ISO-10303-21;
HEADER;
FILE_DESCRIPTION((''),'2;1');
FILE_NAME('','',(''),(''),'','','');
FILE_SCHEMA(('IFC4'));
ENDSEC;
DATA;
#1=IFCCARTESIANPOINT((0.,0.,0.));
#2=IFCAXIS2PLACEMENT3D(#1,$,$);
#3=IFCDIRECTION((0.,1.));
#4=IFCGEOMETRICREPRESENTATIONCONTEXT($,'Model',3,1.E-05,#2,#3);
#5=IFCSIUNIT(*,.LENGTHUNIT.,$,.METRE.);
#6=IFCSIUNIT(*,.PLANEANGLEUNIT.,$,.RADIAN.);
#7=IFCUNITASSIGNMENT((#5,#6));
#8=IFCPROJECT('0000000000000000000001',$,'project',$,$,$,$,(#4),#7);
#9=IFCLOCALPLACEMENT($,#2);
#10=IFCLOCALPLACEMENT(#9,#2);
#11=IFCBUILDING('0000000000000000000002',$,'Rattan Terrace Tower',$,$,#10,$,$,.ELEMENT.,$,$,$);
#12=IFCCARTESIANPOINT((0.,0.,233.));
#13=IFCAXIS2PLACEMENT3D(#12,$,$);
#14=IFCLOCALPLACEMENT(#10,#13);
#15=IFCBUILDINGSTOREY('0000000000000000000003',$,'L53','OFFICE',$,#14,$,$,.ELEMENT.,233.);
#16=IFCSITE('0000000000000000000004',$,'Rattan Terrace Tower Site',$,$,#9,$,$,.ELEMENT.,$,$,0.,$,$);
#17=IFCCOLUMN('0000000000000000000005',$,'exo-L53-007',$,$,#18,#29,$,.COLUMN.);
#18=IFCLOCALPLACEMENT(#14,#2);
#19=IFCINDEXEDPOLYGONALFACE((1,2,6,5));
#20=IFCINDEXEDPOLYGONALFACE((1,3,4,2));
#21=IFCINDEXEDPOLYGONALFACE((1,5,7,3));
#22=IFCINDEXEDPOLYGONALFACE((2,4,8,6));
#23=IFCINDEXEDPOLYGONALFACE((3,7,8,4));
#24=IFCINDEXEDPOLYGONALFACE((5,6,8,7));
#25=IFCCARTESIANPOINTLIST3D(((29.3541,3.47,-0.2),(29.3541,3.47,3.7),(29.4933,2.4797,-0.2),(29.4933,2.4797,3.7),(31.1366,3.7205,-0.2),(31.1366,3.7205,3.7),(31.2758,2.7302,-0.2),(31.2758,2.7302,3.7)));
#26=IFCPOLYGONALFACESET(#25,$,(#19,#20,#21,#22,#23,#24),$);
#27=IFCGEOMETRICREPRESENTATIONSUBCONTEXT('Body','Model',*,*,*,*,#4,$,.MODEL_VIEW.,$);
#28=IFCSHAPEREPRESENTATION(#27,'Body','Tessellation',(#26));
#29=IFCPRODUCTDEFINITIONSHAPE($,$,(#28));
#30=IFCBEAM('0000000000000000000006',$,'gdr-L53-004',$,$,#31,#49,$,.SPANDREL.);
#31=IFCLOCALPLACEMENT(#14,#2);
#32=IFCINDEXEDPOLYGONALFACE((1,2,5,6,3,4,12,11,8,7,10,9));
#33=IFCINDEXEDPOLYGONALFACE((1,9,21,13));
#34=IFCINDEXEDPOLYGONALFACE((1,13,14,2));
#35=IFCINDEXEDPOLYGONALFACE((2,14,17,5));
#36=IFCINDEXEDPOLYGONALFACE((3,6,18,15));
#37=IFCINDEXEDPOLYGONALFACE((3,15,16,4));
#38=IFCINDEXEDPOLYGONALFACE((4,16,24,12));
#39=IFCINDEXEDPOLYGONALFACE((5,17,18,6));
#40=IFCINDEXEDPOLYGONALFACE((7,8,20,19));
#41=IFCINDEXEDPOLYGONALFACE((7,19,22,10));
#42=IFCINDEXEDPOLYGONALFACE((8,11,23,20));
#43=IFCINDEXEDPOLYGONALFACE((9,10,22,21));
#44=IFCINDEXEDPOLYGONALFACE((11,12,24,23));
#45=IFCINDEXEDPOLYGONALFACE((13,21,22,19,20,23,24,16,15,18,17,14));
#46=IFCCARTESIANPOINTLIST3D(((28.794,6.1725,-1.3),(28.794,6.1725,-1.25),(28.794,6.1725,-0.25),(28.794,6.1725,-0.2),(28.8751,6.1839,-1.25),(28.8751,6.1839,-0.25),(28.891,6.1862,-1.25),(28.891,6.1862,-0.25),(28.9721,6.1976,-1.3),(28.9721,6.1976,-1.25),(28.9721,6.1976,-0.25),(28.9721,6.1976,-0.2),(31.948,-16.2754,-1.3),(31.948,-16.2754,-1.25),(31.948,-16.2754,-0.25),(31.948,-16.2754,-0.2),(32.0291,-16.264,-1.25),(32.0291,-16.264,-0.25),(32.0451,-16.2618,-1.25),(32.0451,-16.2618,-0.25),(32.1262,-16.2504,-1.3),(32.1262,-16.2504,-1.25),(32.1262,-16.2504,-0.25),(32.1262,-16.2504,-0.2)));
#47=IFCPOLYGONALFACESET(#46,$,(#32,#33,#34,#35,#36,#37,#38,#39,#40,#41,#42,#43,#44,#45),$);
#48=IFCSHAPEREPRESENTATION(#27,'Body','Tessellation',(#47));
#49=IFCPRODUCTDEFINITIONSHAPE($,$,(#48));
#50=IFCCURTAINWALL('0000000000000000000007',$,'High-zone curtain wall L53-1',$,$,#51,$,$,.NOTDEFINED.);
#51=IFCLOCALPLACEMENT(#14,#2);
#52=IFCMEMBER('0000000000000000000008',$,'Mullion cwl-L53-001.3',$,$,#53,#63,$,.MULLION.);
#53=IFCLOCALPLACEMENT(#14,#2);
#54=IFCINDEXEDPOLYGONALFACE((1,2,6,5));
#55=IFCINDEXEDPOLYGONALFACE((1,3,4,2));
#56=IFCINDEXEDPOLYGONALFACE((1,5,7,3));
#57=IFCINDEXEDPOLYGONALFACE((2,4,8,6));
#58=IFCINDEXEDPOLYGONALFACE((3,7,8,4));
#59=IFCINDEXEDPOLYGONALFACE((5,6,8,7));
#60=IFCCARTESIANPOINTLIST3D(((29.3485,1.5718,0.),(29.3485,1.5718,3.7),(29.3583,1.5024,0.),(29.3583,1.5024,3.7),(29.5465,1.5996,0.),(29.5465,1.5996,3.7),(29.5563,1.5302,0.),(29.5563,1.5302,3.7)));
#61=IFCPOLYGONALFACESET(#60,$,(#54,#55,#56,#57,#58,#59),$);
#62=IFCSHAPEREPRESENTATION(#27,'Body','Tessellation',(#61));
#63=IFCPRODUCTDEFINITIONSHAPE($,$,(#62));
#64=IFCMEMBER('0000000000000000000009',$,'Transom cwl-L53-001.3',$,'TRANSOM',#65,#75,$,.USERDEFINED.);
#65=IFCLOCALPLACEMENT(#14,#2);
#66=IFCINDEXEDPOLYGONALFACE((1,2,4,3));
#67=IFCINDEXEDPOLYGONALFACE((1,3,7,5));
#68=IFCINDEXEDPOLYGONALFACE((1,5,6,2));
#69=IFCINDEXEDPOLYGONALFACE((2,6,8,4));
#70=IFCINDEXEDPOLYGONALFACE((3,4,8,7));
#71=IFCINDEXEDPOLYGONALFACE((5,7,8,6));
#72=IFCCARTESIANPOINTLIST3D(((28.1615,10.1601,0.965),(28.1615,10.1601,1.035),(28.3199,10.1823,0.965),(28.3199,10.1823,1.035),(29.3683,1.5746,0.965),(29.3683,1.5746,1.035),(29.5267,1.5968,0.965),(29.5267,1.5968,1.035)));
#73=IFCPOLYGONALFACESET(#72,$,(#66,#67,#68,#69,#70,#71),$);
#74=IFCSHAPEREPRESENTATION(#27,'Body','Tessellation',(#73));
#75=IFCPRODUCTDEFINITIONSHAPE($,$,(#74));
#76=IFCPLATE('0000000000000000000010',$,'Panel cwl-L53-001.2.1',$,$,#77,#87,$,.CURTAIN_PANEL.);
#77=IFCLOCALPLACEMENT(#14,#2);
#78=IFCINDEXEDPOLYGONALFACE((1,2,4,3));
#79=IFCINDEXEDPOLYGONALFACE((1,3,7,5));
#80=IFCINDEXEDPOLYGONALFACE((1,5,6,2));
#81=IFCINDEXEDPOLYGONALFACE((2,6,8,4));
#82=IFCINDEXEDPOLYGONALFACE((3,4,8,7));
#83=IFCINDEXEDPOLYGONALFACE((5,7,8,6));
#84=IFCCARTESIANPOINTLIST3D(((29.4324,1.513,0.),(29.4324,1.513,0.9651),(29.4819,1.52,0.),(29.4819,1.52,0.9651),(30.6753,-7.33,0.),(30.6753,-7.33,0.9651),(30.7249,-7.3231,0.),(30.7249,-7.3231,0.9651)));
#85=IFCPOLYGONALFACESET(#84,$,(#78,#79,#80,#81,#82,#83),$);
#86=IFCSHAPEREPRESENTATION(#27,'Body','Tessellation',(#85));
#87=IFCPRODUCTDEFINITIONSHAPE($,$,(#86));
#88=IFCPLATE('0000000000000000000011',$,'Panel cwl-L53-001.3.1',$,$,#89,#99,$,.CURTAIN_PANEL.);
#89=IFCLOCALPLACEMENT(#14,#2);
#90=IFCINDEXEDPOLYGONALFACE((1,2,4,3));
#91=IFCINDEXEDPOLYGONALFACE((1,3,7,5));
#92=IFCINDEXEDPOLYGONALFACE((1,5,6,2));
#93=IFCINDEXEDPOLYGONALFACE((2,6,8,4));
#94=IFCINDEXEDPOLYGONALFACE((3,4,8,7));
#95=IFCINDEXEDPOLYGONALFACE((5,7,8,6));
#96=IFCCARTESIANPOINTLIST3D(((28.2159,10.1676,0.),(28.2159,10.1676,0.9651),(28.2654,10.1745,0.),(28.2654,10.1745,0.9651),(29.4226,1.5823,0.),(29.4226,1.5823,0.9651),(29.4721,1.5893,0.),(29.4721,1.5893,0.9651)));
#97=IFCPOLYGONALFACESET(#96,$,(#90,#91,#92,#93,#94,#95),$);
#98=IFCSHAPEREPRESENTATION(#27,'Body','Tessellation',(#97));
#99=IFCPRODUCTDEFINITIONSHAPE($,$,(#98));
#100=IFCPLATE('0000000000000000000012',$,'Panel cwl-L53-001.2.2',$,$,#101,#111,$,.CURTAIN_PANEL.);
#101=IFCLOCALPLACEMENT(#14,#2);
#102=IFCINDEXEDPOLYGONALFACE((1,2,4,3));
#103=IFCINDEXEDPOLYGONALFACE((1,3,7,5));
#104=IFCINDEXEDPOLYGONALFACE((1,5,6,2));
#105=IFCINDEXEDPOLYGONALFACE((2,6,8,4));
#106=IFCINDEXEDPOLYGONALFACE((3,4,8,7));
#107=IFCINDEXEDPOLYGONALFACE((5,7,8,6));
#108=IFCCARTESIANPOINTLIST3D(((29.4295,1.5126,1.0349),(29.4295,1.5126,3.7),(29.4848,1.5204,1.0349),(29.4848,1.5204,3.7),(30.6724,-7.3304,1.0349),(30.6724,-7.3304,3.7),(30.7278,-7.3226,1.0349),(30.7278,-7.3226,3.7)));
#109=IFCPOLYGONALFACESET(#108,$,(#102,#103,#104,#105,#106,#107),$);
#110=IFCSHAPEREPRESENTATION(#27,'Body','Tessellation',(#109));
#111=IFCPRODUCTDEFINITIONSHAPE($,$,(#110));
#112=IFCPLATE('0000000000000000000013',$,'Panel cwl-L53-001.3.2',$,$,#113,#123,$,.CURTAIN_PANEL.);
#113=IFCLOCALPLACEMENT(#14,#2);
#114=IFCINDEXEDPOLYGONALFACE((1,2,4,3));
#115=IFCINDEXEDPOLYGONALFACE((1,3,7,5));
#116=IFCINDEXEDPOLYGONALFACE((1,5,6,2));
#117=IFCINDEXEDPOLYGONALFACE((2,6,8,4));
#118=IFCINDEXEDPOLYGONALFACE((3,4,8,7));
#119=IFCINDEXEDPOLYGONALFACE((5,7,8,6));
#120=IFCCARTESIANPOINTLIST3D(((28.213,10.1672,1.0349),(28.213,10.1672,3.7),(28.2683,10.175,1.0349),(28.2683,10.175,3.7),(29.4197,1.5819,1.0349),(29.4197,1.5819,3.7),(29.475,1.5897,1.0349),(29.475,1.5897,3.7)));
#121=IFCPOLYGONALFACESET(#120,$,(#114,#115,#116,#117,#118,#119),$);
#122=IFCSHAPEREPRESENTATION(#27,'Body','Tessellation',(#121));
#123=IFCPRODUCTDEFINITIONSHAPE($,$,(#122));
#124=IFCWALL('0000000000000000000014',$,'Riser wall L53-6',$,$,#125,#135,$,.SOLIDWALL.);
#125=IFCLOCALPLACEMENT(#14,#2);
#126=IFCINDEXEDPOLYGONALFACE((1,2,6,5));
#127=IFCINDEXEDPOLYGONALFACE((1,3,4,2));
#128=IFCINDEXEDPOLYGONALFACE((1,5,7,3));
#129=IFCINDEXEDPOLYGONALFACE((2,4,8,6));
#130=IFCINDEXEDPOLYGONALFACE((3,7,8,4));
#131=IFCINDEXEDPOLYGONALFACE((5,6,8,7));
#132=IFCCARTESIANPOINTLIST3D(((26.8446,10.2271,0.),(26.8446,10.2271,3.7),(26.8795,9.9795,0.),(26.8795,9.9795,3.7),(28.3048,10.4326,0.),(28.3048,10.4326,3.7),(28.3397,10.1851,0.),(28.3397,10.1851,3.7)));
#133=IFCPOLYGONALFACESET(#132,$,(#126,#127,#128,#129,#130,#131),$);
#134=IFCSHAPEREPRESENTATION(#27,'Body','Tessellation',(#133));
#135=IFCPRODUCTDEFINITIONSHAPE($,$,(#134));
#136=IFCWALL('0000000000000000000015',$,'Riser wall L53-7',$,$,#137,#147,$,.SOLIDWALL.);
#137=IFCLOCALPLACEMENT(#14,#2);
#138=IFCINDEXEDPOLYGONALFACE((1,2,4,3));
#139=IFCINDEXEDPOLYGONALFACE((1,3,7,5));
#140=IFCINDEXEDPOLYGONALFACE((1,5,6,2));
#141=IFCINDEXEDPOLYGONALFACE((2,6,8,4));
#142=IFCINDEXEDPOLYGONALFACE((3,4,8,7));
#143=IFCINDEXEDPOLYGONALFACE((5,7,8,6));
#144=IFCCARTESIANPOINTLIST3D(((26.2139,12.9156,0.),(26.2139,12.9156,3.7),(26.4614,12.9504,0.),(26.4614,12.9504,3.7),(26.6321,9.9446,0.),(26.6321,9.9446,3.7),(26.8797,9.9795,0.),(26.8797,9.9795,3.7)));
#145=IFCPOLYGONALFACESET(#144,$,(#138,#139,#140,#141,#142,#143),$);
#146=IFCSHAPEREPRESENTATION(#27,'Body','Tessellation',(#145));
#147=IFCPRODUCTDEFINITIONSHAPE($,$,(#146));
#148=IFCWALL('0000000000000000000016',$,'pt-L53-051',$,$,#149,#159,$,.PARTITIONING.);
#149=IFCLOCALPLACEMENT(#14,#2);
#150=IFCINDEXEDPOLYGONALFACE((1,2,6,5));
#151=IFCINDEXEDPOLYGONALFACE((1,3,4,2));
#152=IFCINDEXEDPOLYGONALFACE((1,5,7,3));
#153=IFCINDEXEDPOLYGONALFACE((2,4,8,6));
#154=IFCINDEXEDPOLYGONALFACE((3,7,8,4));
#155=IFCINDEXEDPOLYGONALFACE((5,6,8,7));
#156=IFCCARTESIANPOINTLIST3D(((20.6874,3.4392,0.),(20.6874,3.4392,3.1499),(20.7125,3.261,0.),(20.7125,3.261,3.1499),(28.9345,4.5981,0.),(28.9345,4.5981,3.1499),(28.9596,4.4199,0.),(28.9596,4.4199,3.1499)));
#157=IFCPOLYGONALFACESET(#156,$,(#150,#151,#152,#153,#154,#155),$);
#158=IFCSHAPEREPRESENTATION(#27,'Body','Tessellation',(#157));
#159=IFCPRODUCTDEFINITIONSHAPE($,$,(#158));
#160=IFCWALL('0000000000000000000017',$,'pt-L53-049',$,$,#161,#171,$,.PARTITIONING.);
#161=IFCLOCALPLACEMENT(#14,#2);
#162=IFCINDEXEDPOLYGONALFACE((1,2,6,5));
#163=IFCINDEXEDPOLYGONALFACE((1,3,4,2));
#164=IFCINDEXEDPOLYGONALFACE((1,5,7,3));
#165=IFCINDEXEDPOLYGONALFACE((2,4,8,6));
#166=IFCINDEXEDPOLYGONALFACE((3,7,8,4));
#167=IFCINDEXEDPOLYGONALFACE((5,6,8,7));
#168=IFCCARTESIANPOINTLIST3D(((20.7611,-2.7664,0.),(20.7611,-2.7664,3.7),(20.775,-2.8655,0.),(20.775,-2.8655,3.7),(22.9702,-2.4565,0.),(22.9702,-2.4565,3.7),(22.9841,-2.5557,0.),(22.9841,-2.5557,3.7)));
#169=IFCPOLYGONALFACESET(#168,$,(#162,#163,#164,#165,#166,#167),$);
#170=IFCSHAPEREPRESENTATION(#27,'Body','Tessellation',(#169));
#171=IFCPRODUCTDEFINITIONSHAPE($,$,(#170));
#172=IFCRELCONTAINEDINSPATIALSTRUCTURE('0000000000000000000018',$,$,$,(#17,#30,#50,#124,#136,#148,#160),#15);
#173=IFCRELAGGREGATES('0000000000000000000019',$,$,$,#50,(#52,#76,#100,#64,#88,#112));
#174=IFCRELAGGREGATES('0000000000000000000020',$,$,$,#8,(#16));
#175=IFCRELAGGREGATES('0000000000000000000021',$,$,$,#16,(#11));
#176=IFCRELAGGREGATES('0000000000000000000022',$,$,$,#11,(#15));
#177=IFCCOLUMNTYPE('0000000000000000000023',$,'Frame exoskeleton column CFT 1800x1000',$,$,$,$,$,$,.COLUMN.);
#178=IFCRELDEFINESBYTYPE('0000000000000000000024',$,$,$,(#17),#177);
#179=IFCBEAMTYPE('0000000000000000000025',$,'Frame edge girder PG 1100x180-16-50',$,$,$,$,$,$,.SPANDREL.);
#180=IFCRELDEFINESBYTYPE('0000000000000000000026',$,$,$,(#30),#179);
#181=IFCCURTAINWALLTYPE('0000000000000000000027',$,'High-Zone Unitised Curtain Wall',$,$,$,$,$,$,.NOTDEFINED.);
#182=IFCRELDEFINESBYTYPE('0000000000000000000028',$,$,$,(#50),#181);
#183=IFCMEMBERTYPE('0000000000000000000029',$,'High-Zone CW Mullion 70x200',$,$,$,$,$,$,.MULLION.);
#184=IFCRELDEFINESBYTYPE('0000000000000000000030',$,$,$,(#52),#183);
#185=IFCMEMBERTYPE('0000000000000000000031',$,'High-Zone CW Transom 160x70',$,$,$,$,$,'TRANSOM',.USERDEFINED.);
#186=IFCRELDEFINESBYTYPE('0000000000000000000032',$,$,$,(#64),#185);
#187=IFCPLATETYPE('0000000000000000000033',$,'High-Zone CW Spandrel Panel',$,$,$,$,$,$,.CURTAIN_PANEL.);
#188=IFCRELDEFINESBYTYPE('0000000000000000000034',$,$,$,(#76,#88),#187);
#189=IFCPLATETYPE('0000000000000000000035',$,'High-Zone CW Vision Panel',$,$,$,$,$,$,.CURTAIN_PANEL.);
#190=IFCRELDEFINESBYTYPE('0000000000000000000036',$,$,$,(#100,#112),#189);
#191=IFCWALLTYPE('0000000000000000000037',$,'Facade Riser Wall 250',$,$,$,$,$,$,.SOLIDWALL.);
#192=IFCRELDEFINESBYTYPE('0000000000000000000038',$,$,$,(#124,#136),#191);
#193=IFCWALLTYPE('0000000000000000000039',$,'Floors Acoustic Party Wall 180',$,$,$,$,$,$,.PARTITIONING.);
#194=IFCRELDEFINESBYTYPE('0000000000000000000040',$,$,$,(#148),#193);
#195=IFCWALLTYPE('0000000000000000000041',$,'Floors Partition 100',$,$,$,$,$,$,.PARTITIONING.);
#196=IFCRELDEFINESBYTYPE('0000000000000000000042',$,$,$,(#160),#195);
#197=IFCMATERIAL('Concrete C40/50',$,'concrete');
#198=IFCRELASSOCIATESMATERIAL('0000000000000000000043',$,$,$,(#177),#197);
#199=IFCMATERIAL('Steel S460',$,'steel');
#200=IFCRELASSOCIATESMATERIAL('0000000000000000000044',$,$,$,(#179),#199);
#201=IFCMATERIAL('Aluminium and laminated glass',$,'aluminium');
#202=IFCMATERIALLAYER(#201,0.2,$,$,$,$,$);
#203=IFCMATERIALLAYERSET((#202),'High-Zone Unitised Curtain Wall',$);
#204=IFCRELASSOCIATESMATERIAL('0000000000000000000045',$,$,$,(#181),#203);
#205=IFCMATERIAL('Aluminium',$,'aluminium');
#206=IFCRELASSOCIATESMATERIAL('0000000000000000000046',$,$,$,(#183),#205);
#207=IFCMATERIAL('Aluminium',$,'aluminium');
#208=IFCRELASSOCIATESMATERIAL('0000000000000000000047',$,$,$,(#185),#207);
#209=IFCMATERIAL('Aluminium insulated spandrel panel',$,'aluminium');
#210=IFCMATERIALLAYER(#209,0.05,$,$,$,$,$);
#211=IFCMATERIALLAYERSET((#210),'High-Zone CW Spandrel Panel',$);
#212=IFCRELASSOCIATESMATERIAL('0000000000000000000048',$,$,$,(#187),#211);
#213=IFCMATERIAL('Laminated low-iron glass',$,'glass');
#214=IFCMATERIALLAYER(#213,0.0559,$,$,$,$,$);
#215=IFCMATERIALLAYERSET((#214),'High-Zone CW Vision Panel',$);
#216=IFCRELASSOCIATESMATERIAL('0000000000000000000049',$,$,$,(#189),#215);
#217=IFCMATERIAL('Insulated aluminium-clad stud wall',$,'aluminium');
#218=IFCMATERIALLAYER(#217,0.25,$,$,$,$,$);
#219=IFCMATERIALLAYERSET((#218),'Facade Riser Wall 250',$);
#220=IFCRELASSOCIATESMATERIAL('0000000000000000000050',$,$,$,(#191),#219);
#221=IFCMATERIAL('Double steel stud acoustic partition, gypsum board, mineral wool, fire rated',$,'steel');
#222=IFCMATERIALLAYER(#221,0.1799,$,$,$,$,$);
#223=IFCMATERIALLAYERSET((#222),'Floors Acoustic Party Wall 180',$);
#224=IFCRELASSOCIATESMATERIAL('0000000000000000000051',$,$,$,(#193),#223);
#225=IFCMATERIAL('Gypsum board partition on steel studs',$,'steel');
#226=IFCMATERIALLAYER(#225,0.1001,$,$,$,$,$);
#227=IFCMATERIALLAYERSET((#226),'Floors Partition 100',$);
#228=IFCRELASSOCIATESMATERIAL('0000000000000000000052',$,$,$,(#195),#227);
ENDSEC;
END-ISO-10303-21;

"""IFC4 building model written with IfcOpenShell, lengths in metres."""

from ifc_helpers import new_model, si_unit, direction, frame, frame_2d, origin, origin_2d, place, context, subcontext, project, spatial, rectangle, i_section, extrude, material, layer, layer_set, material_profile, profile_set, type_object, element, aggregate, save


model = new_model("IFC4")

# Units and contexts
model_context = context("Model", 3, precision=1e-05, world=origin(), true_north=direction((0.0, 1.0)))
body_context = subcontext(model_context, "Body", "Model", "MODEL_VIEW")
ifc_project = project(units=[si_unit("LENGTHUNIT", "METRE"), si_unit("PLANEANGLEUNIT", "RADIAN")], contexts=[model_context])

# Site, building, storey
site_placement = place(None, origin())
site = spatial("IfcSite", under=ifc_project, at=site_placement, Name="Rattan Terrace Tower Site", CompositionType="ELEMENT", RefElevation=0.0)
building_placement = place(site_placement, origin())
building = spatial("IfcBuilding", under=site, at=building_placement, Name="Rattan Terrace Tower", CompositionType="ELEMENT")
storey_placement = place(building_placement, frame((0.0, 0.0, 233.0)))
storey = spatial("IfcBuildingStorey", under=building, at=storey_placement, Name="L53", Description="OFFICE", CompositionType="ELEMENT", Elevation=233.0)

# Column
ifc_material_1 = material(Name="Concrete C40/50", Category="concrete")
ifc_material_profile_1 = material_profile(ifc_material_1, rectangle(XDim=1.0, YDim=1.8, at=origin_2d()), Name="CFT 1800x1000")
ifc_profile_set_1 = profile_set([ifc_material_profile_1], Name="Concrete C40/50")
column_type = type_object("IfcColumnType", Name="Frame exoskeleton column CFT 1800x1000", PredefinedType="COLUMN", material=ifc_profile_set_1)
column_placement = place(storey_placement, frame((30.3149, 3.1001, -0.2), z_axis=(0.0, 0.0, 1.0), x_axis=(-0.13919, 0.990266, 0.0)))
element("IfcColumn", 1, at=column_placement, inside=storey, type_object=column_type, Name="exo-L53-007", PredefinedType="COLUMN", context=body_context, shape_type="SweptSolid", body=[
    extrude(rectangle(XDim=1.0, YDim=1.8, at=origin_2d()), origin(), (0.0, 0.0, 1.0), 3.8999),
])

# Beam
ifc_material_2 = material(Name="Steel S460", Category="steel")
ifc_material_profile_2 = material_profile(ifc_material_2, i_section(OverallWidth=0.1799, OverallDepth=1.1001, WebThickness=0.0161, FlangeThickness=0.05, at=origin_2d()), Name="PG 1100x180-16-50")
ifc_profile_set_2 = profile_set([ifc_material_profile_2], Name="Steel S460")
beam_type = type_object("IfcBeamType", Name="Frame edge girder PG 1100x180-16-50", PredefinedType="SPANDREL", material=ifc_profile_set_2)
beam_placement = place(storey_placement, frame((28.8831, 6.1851, -0.75), z_axis=(0.139138, -0.990273, 0.0), x_axis=(0.990273, 0.139138, 0.0)))
element("IfcBeam", 2, at=beam_placement, inside=storey, type_object=beam_type, Name="gdr-L53-004", PredefinedType="SPANDREL", context=body_context, shape_type="SweptSolid", body=[
    extrude(i_section(OverallWidth=0.1799, OverallDepth=1.1001, WebThickness=0.0161, FlangeThickness=0.05, at=origin_2d()), origin(), (0.0, 0.0, 1.0), 22.6685),
])

# Curtain wall, members, plates
ifc_material_3 = material(Name="Aluminium and laminated glass", Category="aluminium")
ifc_layer_1 = layer(ifc_material_3, 0.2)
ifc_layer_set_1 = layer_set([ifc_layer_1], Name="High-Zone Unitised Curtain Wall")
curtain_wall_type = type_object("IfcCurtainWallType", Name="High-Zone Unitised Curtain Wall", PredefinedType="NOTDEFINED", material=ifc_layer_set_1)
curtain_wall_placement = place(storey_placement, origin())
curtain_wall = element("IfcCurtainWall", 3, at=curtain_wall_placement, inside=storey, type_object=curtain_wall_type, Name="High-zone curtain wall L53-1", PredefinedType="NOTDEFINED")
ifc_material_4 = material(Name="Aluminium", Category="aluminium")
ifc_material_profile_3 = material_profile(ifc_material_4, rectangle(XDim=0.0701, YDim=0.2, at=origin_2d()), Name="Aluminium 70x200")
ifc_profile_set_3 = profile_set([ifc_material_profile_3], Name="Aluminium")
member_type_1 = type_object("IfcMemberType", Name="High-Zone CW Mullion 70x200", PredefinedType="MULLION", material=ifc_profile_set_3)
member_1_placement = place(storey_placement, frame((29.4524, 1.551, 0.0), z_axis=(0.0, 0.0, 1.0), x_axis=(-0.139186, 0.990266, 0.0)))
member_1 = element("IfcMember", 4, at=member_1_placement, type_object=member_type_1, Name="Mullion cwl-L53-001.3", PredefinedType="MULLION", context=body_context, shape_type="SweptSolid", body=[
    extrude(rectangle(XDim=0.0701, YDim=0.2, at=origin_2d()), origin(), (0.0, 0.0, 1.0), 3.7),
])
ifc_material_5 = material(Name="Aluminium", Category="aluminium")
ifc_material_profile_4 = material_profile(ifc_material_5, rectangle(XDim=0.1599, YDim=0.0701, at=origin_2d()), Name="Aluminium 160x70")
ifc_profile_set_4 = profile_set([ifc_material_profile_4], Name="Aluminium")
member_type_2 = type_object("IfcMemberType", Name="High-Zone CW Transom 160x70", ElementType="TRANSOM", PredefinedType="USERDEFINED", material=ifc_profile_set_4)
member_2_placement = place(storey_placement, frame((29.4475, 1.5857, 1.0), z_axis=(-0.139194, 0.990265, 0.0), x_axis=(-0.990265, -0.139194, 0.0)))
member_2 = element("IfcMember", 5, at=member_2_placement, type_object=member_type_2, Name="Transom cwl-L53-001.3", ObjectType="TRANSOM", PredefinedType="USERDEFINED", context=body_context, shape_type="SweptSolid", body=[
    extrude(rectangle(XDim=0.1599, YDim=0.0701, at=origin_2d()), origin(), (0.0, 0.0, 1.0), 8.6699),
])
ifc_material_6 = material(Name="Aluminium insulated spandrel panel", Category="aluminium")
ifc_layer_2 = layer(ifc_material_6, 0.05)
ifc_layer_set_2 = layer_set([ifc_layer_2], Name="High-Zone CW Spandrel Panel")
plate_type_1 = type_object("IfcPlateType", Name="High-Zone CW Spandrel Panel", PredefinedType="CURTAIN_PANEL", material=ifc_layer_set_2)
plate_1_placement = place(storey_placement, frame((30.0786, -2.905, 0.0), z_axis=(0.0, 0.0, 1.0), x_axis=(-0.139186, 0.990266, 0.0)))
plate_1 = element("IfcPlate", 6, at=plate_1_placement, type_object=plate_type_1, Name="Panel cwl-L53-001.2.1", PredefinedType="CURTAIN_PANEL", context=body_context, shape_type="SweptSolid", body=[
    extrude(rectangle(XDim=8.9299, YDim=0.05, at=origin_2d()), origin(), (0.0, 0.0, 1.0), 0.9651),
])
plate_2_placement = place(storey_placement, frame((28.844, 5.8784, 0.0), z_axis=(0.0, 0.0, 1.0), x_axis=(-0.139186, 0.990266, 0.0)))
plate_2 = element("IfcPlate", 7, at=plate_2_placement, type_object=plate_type_1, Name="Panel cwl-L53-001.3.1", PredefinedType="CURTAIN_PANEL", context=body_context, shape_type="SweptSolid", body=[
    extrude(rectangle(XDim=8.6697, YDim=0.05, at=origin_2d()), origin(), (0.0, 0.0, 1.0), 0.9651),
])
ifc_material_7 = material(Name="Laminated low-iron glass", Category="glass")
ifc_layer_3 = layer(ifc_material_7, 0.0559)
ifc_layer_set_3 = layer_set([ifc_layer_3], Name="High-Zone CW Vision Panel")
plate_type_2 = type_object("IfcPlateType", Name="High-Zone CW Vision Panel", PredefinedType="CURTAIN_PANEL", material=ifc_layer_set_3)
plate_3_placement = place(storey_placement, frame((30.0786, -2.905, 1.0349), z_axis=(0.0, 0.0, 1.0), x_axis=(-0.139186, 0.990266, 0.0)))
plate_3 = element("IfcPlate", 8, at=plate_3_placement, type_object=plate_type_2, Name="Panel cwl-L53-001.2.2", PredefinedType="CURTAIN_PANEL", context=body_context, shape_type="SweptSolid", body=[
    extrude(rectangle(XDim=8.9299, YDim=0.0559, at=origin_2d()), origin(), (0.0, 0.0, 1.0), 2.665),
])
plate_4_placement = place(storey_placement, frame((28.844, 5.8784, 1.0349), z_axis=(0.0, 0.0, 1.0), x_axis=(-0.139186, 0.990266, 0.0)))
plate_4 = element("IfcPlate", 9, at=plate_4_placement, type_object=plate_type_2, Name="Panel cwl-L53-001.3.2", PredefinedType="CURTAIN_PANEL", context=body_context, shape_type="SweptSolid", body=[
    extrude(rectangle(XDim=8.6697, YDim=0.0559, at=origin_2d()), origin(), (0.0, 0.0, 1.0), 2.665),
])
aggregate(curtain_wall, [member_1, plate_1, plate_3, member_2, plate_2, plate_4])

# Walls
ifc_material_8 = material(Name="Insulated aluminium-clad stud wall", Category="aluminium")
ifc_layer_4 = layer(ifc_material_8, 0.25)
ifc_layer_set_4 = layer_set([ifc_layer_4], Name="Facade Riser Wall 250")
wall_type_1 = type_object("IfcWallType", Name="Facade Riser Wall 250", PredefinedType="SOLIDWALL", material=ifc_layer_set_4)
wall_1_placement = place(storey_placement, frame((28.3223, 10.3088, 0.0), z_axis=(0.0, 0.0, 1.0), x_axis=(-0.990236, -0.139404, 0.0)))
element("IfcWall", 10, at=wall_1_placement, inside=storey, type_object=wall_type_1, Name="Riser wall L53-6", PredefinedType="SOLIDWALL", context=body_context, shape_type="SweptSolid", body=[
    extrude(rectangle(XDim=1.4746, YDim=0.25, at=frame_2d((0.7373, 0.0))), origin(), (0.0, 0.0, 1.0), 3.7),
])
wall_2_placement = place(storey_placement, frame((26.7559, 9.9622, 0.0), z_axis=(0.0, 0.0, 1.0), x_axis=(-0.139393, 0.990237, 0.0)))
element("IfcWall", 11, at=wall_2_placement, inside=storey, type_object=wall_type_1, Name="Riser wall L53-7", PredefinedType="SOLIDWALL", context=body_context, shape_type="SweptSolid", body=[
    extrude(rectangle(XDim=3.0002, YDim=0.25, at=frame_2d((1.5, 0.0))), origin(), (0.0, 0.0, 1.0), 3.7),
])
ifc_material_9 = material(Name="Double steel stud acoustic partition, gypsum board, mineral wool, fire rated", Category="steel")
ifc_layer_5 = layer(ifc_material_9, 0.1799)
ifc_layer_set_5 = layer_set([ifc_layer_5], Name="Floors Acoustic Party Wall 180")
wall_type_2 = type_object("IfcWallType", Name="Floors Acoustic Party Wall 180", PredefinedType="PARTITIONING", material=ifc_layer_set_5)
wall_3_placement = place(storey_placement, frame((20.7, 3.3501, 0.0), z_axis=(0.0, 0.0, 1.0), x_axis=(0.99027, 0.13916, 0.0)))
element("IfcWall", 12, at=wall_3_placement, inside=storey, type_object=wall_type_2, Name="pt-L53-051", PredefinedType="PARTITIONING", context=body_context, shape_type="SweptSolid", body=[
    extrude(rectangle(XDim=8.3281, YDim=0.1799, at=frame_2d((4.1641, 0.0))), origin(), (0.0, 0.0, 1.0), 3.1499),
])
ifc_material_10 = material(Name="Gypsum board partition on steel studs", Category="steel")
ifc_layer_6 = layer(ifc_material_10, 0.1001)
ifc_layer_set_6 = layer_set([ifc_layer_6], Name="Floors Partition 100")
wall_type_3 = type_object("IfcWallType", Name="Floors Partition 100", PredefinedType="PARTITIONING", material=ifc_layer_set_6)
wall_4_placement = place(storey_placement, frame((22.9771, -2.5061, 0.0), z_axis=(0.0, 0.0, 1.0), x_axis=(-0.990307, -0.138893, 0.0)))
element("IfcWall", 13, at=wall_4_placement, inside=storey, type_object=wall_type_3, Name="pt-L53-049", PredefinedType="PARTITIONING", context=body_context, shape_type="SweptSolid", body=[
    extrude(rectangle(XDim=2.2307, YDim=0.1001, at=frame_2d((1.1152, 0.0))), origin(), (0.0, 0.0, 1.0), 3.7),
])

save(model, "model.ifc")
